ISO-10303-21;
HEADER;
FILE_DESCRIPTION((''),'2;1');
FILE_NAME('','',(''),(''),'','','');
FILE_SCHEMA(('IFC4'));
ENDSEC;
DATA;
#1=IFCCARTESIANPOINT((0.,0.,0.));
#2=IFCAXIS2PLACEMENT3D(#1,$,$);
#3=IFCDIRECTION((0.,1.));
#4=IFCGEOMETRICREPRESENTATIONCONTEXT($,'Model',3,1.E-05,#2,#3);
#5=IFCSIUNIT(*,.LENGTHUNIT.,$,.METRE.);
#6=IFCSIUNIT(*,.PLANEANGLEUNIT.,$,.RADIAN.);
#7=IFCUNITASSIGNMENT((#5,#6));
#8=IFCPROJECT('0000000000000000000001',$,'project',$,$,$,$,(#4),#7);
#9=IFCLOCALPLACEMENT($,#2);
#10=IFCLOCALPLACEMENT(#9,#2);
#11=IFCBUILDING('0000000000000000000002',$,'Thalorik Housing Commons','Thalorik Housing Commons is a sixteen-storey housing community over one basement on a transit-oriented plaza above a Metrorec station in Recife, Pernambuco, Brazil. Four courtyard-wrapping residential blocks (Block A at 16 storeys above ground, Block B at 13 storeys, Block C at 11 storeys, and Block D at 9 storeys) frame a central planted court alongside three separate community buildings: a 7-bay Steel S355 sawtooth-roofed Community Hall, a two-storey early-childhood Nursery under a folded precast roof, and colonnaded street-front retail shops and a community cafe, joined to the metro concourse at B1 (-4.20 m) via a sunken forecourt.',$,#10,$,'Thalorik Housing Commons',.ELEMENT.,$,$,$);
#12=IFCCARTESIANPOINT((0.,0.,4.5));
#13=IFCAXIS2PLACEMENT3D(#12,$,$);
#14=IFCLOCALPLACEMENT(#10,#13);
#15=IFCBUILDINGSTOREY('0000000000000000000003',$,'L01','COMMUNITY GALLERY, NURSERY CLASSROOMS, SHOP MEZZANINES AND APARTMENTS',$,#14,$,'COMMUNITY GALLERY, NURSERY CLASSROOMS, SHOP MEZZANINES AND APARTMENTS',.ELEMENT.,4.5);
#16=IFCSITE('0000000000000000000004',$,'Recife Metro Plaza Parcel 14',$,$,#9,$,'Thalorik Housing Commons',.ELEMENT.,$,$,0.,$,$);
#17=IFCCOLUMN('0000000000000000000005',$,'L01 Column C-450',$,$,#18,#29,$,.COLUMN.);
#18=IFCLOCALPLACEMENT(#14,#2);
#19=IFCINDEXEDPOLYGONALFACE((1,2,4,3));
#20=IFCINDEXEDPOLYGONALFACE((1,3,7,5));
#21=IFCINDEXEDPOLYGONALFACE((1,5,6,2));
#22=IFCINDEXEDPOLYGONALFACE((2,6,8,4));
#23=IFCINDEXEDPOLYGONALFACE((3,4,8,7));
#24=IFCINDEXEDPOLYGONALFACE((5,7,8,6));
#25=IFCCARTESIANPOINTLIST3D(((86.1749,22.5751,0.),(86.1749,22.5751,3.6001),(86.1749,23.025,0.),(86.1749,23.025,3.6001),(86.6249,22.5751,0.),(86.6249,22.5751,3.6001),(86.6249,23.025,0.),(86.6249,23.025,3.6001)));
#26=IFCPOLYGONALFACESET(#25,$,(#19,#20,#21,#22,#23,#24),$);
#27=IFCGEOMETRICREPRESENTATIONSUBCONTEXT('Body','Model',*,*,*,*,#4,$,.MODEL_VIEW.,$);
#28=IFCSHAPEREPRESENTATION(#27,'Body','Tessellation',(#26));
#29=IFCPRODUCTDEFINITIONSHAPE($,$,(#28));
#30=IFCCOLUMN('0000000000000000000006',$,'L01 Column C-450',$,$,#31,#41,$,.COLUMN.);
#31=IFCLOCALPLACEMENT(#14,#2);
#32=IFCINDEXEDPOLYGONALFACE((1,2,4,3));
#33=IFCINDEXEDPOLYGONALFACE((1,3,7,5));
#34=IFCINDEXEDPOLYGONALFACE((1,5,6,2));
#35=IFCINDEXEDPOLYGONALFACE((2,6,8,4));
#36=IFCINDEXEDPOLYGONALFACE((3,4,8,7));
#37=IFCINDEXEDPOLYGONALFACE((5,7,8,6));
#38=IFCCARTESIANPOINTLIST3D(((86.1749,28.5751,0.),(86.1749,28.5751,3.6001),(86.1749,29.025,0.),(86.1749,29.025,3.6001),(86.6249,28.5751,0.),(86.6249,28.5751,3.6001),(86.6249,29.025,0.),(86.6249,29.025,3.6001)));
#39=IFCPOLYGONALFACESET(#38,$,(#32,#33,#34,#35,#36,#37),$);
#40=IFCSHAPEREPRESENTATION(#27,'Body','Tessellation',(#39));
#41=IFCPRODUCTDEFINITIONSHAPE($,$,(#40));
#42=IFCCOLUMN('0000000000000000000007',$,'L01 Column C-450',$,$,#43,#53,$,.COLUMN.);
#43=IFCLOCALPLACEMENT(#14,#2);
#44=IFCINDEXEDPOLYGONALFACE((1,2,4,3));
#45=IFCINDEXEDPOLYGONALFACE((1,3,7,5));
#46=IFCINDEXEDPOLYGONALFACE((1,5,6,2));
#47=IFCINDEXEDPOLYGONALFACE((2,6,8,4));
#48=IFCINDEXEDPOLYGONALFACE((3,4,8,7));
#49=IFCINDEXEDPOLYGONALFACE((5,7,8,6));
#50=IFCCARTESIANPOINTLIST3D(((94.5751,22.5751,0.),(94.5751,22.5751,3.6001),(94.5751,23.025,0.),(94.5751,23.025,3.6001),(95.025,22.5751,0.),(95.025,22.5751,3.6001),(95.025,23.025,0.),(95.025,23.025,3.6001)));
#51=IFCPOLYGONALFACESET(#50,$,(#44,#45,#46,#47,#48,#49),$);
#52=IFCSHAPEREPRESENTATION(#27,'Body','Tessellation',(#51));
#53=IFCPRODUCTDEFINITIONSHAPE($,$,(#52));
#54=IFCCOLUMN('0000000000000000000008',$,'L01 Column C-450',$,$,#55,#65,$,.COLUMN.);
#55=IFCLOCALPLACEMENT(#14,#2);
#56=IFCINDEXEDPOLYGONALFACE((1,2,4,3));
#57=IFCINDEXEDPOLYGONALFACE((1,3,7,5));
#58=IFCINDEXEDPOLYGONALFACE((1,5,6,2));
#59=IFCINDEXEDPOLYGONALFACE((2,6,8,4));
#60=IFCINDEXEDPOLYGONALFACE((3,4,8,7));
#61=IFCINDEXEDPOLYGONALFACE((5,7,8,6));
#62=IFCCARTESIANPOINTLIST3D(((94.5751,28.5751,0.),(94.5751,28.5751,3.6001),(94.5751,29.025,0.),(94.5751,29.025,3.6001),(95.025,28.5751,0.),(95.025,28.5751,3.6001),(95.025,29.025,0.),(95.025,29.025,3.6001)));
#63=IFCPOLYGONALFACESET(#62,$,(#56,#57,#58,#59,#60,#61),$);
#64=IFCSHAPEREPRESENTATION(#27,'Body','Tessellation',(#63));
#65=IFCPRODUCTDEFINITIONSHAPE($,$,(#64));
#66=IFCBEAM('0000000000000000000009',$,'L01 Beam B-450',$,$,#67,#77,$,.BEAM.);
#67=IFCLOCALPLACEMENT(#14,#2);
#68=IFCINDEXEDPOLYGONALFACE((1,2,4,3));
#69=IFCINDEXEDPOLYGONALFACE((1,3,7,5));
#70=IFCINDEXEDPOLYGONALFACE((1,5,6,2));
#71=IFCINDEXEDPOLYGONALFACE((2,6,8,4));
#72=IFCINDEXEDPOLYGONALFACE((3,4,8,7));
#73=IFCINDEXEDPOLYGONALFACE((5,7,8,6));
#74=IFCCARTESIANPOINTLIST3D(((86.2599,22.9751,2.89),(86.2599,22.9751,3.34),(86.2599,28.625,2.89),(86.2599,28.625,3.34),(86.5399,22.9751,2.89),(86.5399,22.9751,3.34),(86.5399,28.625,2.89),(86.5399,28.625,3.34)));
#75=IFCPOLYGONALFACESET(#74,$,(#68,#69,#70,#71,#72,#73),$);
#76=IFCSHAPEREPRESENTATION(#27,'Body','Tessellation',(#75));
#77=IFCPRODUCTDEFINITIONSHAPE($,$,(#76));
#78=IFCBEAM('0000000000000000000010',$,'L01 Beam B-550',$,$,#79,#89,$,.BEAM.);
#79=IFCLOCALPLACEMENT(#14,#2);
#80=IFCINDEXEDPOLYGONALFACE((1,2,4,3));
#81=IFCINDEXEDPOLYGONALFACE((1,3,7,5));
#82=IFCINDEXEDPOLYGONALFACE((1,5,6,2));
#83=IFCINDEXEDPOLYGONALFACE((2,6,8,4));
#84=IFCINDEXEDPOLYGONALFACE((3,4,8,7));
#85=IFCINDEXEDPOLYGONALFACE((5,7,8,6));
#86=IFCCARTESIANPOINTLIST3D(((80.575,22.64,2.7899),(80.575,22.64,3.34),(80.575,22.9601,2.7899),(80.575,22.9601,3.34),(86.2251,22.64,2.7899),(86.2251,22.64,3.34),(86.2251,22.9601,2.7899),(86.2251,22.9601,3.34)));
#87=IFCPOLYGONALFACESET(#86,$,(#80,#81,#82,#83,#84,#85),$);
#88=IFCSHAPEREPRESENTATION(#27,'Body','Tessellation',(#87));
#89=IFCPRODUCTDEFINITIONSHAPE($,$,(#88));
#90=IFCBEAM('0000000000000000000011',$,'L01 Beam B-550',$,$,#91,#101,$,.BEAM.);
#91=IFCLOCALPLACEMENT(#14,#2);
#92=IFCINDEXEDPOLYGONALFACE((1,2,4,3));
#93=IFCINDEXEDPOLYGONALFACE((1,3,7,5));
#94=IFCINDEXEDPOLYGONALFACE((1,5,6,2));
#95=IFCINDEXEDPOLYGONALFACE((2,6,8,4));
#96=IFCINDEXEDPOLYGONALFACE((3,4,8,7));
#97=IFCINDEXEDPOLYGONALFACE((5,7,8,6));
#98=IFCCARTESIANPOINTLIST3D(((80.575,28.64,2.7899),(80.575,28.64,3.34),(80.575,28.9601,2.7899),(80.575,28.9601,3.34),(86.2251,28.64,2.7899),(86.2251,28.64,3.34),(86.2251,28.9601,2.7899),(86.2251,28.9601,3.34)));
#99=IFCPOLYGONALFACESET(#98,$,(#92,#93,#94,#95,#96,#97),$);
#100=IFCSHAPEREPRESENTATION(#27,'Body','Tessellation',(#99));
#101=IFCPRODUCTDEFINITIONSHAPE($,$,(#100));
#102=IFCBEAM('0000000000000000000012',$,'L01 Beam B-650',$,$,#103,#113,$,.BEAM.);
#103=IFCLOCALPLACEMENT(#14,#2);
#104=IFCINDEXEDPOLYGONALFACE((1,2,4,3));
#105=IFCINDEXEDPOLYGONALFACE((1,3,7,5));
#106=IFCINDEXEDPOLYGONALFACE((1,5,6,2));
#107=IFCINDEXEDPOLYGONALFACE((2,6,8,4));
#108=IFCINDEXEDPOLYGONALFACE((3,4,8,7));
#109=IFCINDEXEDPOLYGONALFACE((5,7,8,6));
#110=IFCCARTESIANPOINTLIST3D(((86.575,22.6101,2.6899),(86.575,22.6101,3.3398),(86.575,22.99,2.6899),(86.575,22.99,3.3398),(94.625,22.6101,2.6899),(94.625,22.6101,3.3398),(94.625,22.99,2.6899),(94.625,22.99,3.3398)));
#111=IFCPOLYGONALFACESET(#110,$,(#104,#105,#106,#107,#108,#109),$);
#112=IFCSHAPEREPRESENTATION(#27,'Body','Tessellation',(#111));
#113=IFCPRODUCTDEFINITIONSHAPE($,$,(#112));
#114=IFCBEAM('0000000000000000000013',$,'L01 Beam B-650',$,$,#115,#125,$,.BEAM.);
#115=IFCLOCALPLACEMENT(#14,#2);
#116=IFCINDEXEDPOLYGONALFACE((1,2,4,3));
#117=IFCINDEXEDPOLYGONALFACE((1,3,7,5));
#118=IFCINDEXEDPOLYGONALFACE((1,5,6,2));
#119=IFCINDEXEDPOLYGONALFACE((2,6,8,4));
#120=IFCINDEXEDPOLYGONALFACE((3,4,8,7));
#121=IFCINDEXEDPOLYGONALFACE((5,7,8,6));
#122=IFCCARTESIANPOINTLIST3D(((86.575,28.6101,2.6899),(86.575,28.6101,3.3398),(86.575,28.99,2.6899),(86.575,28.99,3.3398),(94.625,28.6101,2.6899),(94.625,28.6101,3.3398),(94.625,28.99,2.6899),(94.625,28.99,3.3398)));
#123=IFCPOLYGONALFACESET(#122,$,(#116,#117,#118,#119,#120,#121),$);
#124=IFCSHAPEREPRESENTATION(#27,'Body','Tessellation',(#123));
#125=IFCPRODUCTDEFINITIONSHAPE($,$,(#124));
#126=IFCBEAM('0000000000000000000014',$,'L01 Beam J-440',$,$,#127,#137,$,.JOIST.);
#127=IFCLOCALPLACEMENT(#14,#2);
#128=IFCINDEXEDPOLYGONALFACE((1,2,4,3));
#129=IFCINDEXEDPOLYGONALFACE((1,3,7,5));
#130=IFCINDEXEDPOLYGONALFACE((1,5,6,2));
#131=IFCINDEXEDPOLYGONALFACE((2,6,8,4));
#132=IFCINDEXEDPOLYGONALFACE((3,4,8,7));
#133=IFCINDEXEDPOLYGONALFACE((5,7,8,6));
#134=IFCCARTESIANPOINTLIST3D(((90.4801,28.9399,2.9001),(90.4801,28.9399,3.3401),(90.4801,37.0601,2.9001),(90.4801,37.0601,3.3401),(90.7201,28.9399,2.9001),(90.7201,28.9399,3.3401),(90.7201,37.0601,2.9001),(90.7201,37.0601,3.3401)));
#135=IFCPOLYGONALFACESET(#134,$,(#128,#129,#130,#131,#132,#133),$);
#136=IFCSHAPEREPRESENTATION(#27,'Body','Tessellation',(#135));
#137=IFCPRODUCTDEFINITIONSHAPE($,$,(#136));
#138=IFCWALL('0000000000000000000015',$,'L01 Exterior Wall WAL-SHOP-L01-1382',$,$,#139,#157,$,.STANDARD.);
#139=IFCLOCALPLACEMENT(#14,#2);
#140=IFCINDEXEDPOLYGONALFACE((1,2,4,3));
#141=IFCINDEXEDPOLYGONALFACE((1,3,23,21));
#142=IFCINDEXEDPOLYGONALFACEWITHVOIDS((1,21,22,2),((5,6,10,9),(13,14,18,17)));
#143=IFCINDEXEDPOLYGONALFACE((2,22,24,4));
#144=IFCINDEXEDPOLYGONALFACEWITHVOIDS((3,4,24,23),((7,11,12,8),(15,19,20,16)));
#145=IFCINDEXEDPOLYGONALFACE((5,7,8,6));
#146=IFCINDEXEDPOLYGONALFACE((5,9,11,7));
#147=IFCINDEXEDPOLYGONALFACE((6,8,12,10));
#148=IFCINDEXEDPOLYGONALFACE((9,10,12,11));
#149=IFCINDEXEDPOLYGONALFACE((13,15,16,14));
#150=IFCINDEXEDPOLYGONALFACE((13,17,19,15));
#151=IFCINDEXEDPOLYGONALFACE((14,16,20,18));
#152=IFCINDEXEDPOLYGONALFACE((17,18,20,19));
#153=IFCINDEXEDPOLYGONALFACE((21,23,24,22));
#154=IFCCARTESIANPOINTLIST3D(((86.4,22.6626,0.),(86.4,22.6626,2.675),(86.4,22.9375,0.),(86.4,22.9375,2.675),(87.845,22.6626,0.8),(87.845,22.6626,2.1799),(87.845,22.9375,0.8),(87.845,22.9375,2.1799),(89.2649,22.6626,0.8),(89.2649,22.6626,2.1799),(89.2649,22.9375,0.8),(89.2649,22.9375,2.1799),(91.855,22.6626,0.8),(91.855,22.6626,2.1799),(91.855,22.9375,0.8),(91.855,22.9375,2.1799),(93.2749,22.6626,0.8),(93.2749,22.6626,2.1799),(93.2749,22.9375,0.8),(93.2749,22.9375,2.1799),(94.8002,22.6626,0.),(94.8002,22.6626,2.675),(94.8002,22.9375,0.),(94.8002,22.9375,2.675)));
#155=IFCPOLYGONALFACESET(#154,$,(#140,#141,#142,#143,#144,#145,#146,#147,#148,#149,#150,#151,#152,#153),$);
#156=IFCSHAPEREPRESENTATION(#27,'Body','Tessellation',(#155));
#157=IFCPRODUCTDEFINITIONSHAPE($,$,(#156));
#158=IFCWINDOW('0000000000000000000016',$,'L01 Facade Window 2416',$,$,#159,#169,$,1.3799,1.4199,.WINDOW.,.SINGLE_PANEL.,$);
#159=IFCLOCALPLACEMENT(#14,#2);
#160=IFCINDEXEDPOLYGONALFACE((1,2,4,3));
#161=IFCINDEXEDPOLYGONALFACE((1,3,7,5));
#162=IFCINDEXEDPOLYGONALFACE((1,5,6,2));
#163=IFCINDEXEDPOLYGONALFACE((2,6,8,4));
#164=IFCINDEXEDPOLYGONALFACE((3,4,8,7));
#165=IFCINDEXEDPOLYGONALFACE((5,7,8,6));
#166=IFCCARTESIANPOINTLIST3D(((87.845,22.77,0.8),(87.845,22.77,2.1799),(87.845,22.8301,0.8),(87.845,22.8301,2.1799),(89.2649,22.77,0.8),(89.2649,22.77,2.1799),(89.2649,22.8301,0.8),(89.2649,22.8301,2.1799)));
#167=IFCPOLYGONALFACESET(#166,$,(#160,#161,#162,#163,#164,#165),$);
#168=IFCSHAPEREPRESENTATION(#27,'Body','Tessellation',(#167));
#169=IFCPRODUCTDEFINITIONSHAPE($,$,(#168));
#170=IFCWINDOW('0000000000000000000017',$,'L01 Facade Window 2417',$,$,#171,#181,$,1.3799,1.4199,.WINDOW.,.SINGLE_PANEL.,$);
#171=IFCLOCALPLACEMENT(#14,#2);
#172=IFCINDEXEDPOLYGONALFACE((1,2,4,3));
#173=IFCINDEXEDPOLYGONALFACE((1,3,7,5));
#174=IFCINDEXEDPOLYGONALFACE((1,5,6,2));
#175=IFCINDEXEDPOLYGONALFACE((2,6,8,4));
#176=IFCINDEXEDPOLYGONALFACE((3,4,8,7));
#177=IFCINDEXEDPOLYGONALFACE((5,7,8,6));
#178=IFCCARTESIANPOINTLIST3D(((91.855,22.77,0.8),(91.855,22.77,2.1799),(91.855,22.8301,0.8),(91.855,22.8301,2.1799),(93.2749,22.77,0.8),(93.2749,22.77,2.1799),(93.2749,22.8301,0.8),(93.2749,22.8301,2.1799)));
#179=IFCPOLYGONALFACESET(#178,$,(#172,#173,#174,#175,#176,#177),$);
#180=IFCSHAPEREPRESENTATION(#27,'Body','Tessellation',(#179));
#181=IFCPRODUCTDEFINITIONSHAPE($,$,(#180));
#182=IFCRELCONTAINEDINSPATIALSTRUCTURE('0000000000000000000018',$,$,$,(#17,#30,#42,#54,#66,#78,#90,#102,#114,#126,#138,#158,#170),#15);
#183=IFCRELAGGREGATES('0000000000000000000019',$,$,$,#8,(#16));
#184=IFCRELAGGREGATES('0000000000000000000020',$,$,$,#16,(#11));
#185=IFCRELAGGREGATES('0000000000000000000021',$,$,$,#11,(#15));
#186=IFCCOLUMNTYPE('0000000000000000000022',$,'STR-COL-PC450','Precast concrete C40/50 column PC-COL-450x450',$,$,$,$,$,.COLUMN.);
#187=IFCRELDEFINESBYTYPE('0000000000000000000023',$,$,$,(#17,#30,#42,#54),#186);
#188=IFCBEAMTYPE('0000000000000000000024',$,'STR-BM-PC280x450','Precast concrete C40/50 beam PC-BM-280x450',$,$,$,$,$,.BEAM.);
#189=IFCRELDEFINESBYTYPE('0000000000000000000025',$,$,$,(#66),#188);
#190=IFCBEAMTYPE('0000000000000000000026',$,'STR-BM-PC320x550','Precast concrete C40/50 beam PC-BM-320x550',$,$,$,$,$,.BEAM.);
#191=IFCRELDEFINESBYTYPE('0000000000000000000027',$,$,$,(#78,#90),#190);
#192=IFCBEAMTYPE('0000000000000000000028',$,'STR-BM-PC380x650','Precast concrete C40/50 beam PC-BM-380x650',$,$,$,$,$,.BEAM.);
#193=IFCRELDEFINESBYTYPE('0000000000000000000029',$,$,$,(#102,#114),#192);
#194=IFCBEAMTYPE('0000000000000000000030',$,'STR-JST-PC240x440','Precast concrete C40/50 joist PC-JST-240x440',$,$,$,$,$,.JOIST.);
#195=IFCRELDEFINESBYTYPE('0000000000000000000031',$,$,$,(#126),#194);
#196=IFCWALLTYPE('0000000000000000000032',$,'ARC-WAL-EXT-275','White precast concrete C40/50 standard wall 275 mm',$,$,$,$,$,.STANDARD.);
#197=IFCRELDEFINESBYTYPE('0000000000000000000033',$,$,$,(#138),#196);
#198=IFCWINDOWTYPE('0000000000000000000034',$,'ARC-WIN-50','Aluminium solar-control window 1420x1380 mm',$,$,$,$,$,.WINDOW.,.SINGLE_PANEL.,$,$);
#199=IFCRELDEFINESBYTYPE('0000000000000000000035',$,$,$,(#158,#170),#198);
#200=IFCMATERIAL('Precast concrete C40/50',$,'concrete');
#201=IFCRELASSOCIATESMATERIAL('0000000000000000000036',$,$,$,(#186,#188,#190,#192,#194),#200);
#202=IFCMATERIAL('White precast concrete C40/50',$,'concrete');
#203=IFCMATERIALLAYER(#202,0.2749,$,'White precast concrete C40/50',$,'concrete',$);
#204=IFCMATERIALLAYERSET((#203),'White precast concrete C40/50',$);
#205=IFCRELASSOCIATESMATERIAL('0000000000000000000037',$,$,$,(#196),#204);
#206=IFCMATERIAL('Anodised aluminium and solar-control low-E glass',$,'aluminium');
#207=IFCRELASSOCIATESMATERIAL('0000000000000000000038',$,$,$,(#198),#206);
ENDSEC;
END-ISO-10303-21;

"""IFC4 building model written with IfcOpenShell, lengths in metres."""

from ifc_helpers import new_model, si_unit, direction, frame, frame_2d, origin, origin_2d, place, context, subcontext, project, spatial, rectangle, extrude, material, layer, layer_set, material_profile, profile_set, type_object, element, fill, save


model = new_model("IFC4")

# Units and contexts
model_context = context("Model", 3, precision=1e-05, world=origin(), true_north=direction((0.0, 1.0)))
body_context = subcontext(model_context, "Body", "Model", "MODEL_VIEW")
ifc_project = project(units=[si_unit("LENGTHUNIT", "METRE"), si_unit("PLANEANGLEUNIT", "RADIAN")], contexts=[model_context])

# Site, building, storey
site_placement = place(None, origin())
site = spatial("IfcSite", under=ifc_project, at=site_placement, Name="Recife Metro Plaza Parcel 14", LongName="Thalorik Housing Commons", CompositionType="ELEMENT", RefElevation=0.0)
building_placement = place(site_placement, origin())
building = spatial("IfcBuilding", under=site, at=building_placement, Name="Thalorik Housing Commons", Description="Thalorik Housing Commons is a sixteen-storey housing community over one basement on a transit-oriented plaza above a Metrorec station in Recife, Pernambuco, Brazil. Four courtyard-wrapping residential blocks (Block A at 16 storeys above ground, Block B at 13 storeys, Block C at 11 storeys, and Block D at 9 storeys) frame a central planted court alongside three separate community buildings: a 7-bay Steel S355 sawtooth-roofed Community Hall, a two-storey early-childhood Nursery under a folded precast roof, and colonnaded street-front retail shops and a community cafe, joined to the metro concourse at B1 (-4.20 m) via a sunken forecourt.", LongName="Thalorik Housing Commons", CompositionType="ELEMENT")
storey_placement = place(building_placement, frame((0.0, 0.0, 4.5)))
storey = spatial("IfcBuildingStorey", under=building, at=storey_placement, Name="L01", Description="COMMUNITY GALLERY, NURSERY CLASSROOMS, SHOP MEZZANINES AND APARTMENTS", LongName="COMMUNITY GALLERY, NURSERY CLASSROOMS, SHOP MEZZANINES AND APARTMENTS", CompositionType="ELEMENT", Elevation=4.5)

# Columns
ifc_material_1 = material(Name="Precast concrete C40/50", Category="concrete")
ifc_material_profile_1 = material_profile(ifc_material_1, rectangle(XDim=0.45, YDim=0.45, at=origin_2d()), Name="PC 450x450", Category="concrete")
ifc_profile_set_1 = profile_set([ifc_material_profile_1], Name="Precast concrete C40/50")
column_type = type_object("IfcColumnType", Name="STR-COL-PC450", Description="Precast concrete C40/50 column PC-COL-450x450", PredefinedType="COLUMN", material=ifc_profile_set_1)
for number, where, z_axis, x_axis, name in (
    (1, (86.3999, 22.8, 0.0), (0.0, 0.0, 1.0), (1.0, 0.0, 0.0), "L01 Column C-450"),
    (2, (86.3999, 28.8, 0.0), (0.0, 0.0, 1.0), (1.0, 0.0, 0.0), "L01 Column C-450"),
    (3, (94.8, 22.8, 0.0), (0.0, 0.0, 1.0), (1.0, 0.0, 0.0), "L01 Column C-450"),
    (4, (94.8, 28.8, 0.0), (0.0, 0.0, 1.0), (1.0, 0.0, 0.0), "L01 Column C-450"),
):
    element("IfcColumn", number, at=place(storey_placement, frame(where, z_axis=z_axis, x_axis=x_axis)), inside=storey, type_object=column_type, Name=name, PredefinedType="COLUMN", context=body_context, shape_type="SweptSolid", body=[
        extrude(rectangle(XDim=0.45, YDim=0.45, at=origin_2d()), origin(), (0.0, 0.0, 1.0), 3.6001),
    ])

# Beams
ifc_material_profile_2 = material_profile(ifc_material_1, rectangle(XDim=0.28, YDim=0.45, at=origin_2d()), Name="PC 280x450", Category="concrete")
ifc_profile_set_2 = profile_set([ifc_material_profile_2], Name="Precast concrete C40/50")
beam_type_1 = type_object("IfcBeamType", Name="STR-BM-PC280x450", Description="Precast concrete C40/50 beam PC-BM-280x450", PredefinedType="BEAM", material=ifc_profile_set_2)
beam_1_placement = place(storey_placement, frame((86.3999, 22.9751, 3.115), z_axis=(0.0, 1.0, 0.0), x_axis=(-1.0, 0.0, 0.0)))
element("IfcBeam", 5, at=beam_1_placement, inside=storey, type_object=beam_type_1, Name="L01 Beam B-450", PredefinedType="BEAM", context=body_context, shape_type="SweptSolid", body=[
    extrude(rectangle(XDim=0.28, YDim=0.45, at=origin_2d()), origin(), (0.0, 0.0, 1.0), 5.6499),
])
ifc_material_profile_3 = material_profile(ifc_material_1, rectangle(XDim=0.3201, YDim=0.55, at=origin_2d()), Name="PC 320x550", Category="concrete")
ifc_profile_set_3 = profile_set([ifc_material_profile_3], Name="Precast concrete C40/50")
beam_type_2 = type_object("IfcBeamType", Name="STR-BM-PC320x550", Description="Precast concrete C40/50 beam PC-BM-320x550", PredefinedType="BEAM", material=ifc_profile_set_3)
for number, where, z_axis, x_axis, name in (
    (6, (80.575, 22.8, 3.0649), (1.0, 0.0, 0.0), (0.0, 1.0, 0.0), "L01 Beam B-550"),
    (7, (80.575, 28.8, 3.0649), (1.0, 0.0, 0.0), (0.0, 1.0, 0.0), "L01 Beam B-550"),
):
    element("IfcBeam", number, at=place(storey_placement, frame(where, z_axis=z_axis, x_axis=x_axis)), inside=storey, type_object=beam_type_2, Name=name, PredefinedType="BEAM", context=body_context, shape_type="SweptSolid", body=[
        extrude(rectangle(XDim=0.3201, YDim=0.55, at=origin_2d()), origin(), (0.0, 0.0, 1.0), 5.6501),
    ])
ifc_material_profile_4 = material_profile(ifc_material_1, rectangle(XDim=0.3799, YDim=0.6499, at=origin_2d()), Name="PC 380x650", Category="concrete")
ifc_profile_set_4 = profile_set([ifc_material_profile_4], Name="Precast concrete C40/50")
beam_type_3 = type_object("IfcBeamType", Name="STR-BM-PC380x650", Description="Precast concrete C40/50 beam PC-BM-380x650", PredefinedType="BEAM", material=ifc_profile_set_4)
for number, where, z_axis, x_axis, name in (
    (8, (86.575, 22.8, 3.0149), (1.0, 0.0, 0.0), (0.0, 1.0, 0.0), "L01 Beam B-650"),
    (9, (86.575, 28.8, 3.0149), (1.0, 0.0, 0.0), (0.0, 1.0, 0.0), "L01 Beam B-650"),
):
    element("IfcBeam", number, at=place(storey_placement, frame(where, z_axis=z_axis, x_axis=x_axis)), inside=storey, type_object=beam_type_3, Name=name, PredefinedType="BEAM", context=body_context, shape_type="SweptSolid", body=[
        extrude(rectangle(XDim=0.3799, YDim=0.6499, at=origin_2d()), origin(), (0.0, 0.0, 1.0), 8.05),
    ])
ifc_material_profile_5 = material_profile(ifc_material_1, rectangle(XDim=0.24, YDim=0.4399, at=origin_2d()), Name="PC JST 240x440", Category="concrete")
ifc_profile_set_5 = profile_set([ifc_material_profile_5], Name="Precast concrete C40/50")
beam_type_4 = type_object("IfcBeamType", Name="STR-JST-PC240x440", Description="Precast concrete C40/50 joist PC-JST-240x440", PredefinedType="JOIST", material=ifc_profile_set_5)
beam_2_placement = place(storey_placement, frame((90.6001, 28.9399, 3.1201), z_axis=(0.0, 1.0, 0.0), x_axis=(-1.0, 0.0, 0.0)))
element("IfcBeam", 10, at=beam_2_placement, inside=storey, type_object=beam_type_4, Name="L01 Beam J-440", PredefinedType="JOIST", context=body_context, shape_type="SweptSolid", body=[
    extrude(rectangle(XDim=0.24, YDim=0.4399, at=origin_2d()), origin(), (0.0, 0.0, 1.0), 8.1201),
])

# Wall, openings, windows
ifc_material_2 = material(Name="White precast concrete C40/50", Category="concrete")
ifc_layer_1 = layer(ifc_material_2, 0.2749, Name="White precast concrete C40/50", Category="concrete")
ifc_layer_set_1 = layer_set([ifc_layer_1], Name="White precast concrete C40/50")
wall_type_1 = type_object("IfcWallType", Name="ARC-WAL-EXT-275", Description="White precast concrete C40/50 standard wall 275 mm", PredefinedType="STANDARD", material=ifc_layer_set_1)
wall_1_placement = place(storey_placement, frame((86.3999, 22.8, 0.0), z_axis=(0.0, 0.0, 1.0), x_axis=(1.0, 0.0, 0.0)))
wall_1 = element("IfcWall", 11, at=wall_1_placement, inside=storey, type_object=wall_type_1, Name="L01 Exterior Wall WAL-SHOP-L01-1382", PredefinedType="STANDARD", context=body_context, shape_type="SweptSolid", body=[
    extrude(rectangle(XDim=8.4001, YDim=0.2749, at=frame_2d((4.2002, 0.0))), origin(), (0.0, 0.0, 1.0), 2.675),
])
opening_1_placement = place(wall_1_placement, frame((1.4451, 0.0, 0.8)))
opening_1 = element("IfcOpeningElement", 12, at=opening_1_placement, cuts=wall_1, PredefinedType="OPENING", context=body_context, shape_type="SweptSolid", body=[
    extrude(rectangle(XDim=1.4199, YDim=1.3799, at=frame_2d((0.71, 0.6899))), frame((0.0, 0.1475, 0.0), z_axis=(0.0, -1.0, 0.0), x_axis=(1.0, 0.0, 0.0)), (0.0, 0.0, 1.0), 0.2949),
])
opening_2_placement = place(wall_1_placement, frame((5.4551, 0.0, 0.8)))
opening_2 = element("IfcOpeningElement", 13, at=opening_2_placement, cuts=wall_1, PredefinedType="OPENING", context=body_context, shape_type="SweptSolid", body=[
    extrude(rectangle(XDim=1.4199, YDim=1.3799, at=frame_2d((0.71, 0.6899))), frame((0.0, 0.1475, 0.0), z_axis=(0.0, -1.0, 0.0), x_axis=(1.0, 0.0, 0.0)), (0.0, 0.0, 1.0), 0.2949),
])
ifc_material_3 = material(Name="Anodised aluminium and solar-control low-E glass", Category="aluminium")
window_type = type_object("IfcWindowType", Name="ARC-WIN-50", Description="Aluminium solar-control window 1420x1380 mm", PartitioningType="SINGLE_PANEL", PredefinedType="WINDOW", material=ifc_material_3)
window_1_placement = place(opening_1_placement, origin())
window_1 = element("IfcWindow", 14, at=window_1_placement, inside=storey, type_object=window_type, Name="L01 Facade Window 2416", OverallHeight=1.3799, OverallWidth=1.4199, PartitioningType="SINGLE_PANEL", PredefinedType="WINDOW", context=body_context, shape_type="SweptSolid", body=[
    extrude(rectangle(XDim=1.4199, YDim=1.3799, at=frame_2d((0.71, 0.6899))), frame((0.0, 0.03, 0.0), z_axis=(0.0, -1.0, 0.0), x_axis=(1.0, 0.0, 0.0)), (0.0, 0.0, 1.0), 0.0601),
])
fill(opening_1, window_1)
window_2_placement = place(opening_2_placement, origin())
window_2 = element("IfcWindow", 15, at=window_2_placement, inside=storey, type_object=window_type, Name="L01 Facade Window 2417", OverallHeight=1.3799, OverallWidth=1.4199, PartitioningType="SINGLE_PANEL", PredefinedType="WINDOW", context=body_context, shape_type="SweptSolid", body=[
    extrude(rectangle(XDim=1.4199, YDim=1.3799, at=frame_2d((0.71, 0.6899))), frame((0.0, 0.03, 0.0), z_axis=(0.0, -1.0, 0.0), x_axis=(1.0, 0.0, 0.0)), (0.0, 0.0, 1.0), 0.0601),
])
fill(opening_2, window_2)

save(model, "model.ifc")
